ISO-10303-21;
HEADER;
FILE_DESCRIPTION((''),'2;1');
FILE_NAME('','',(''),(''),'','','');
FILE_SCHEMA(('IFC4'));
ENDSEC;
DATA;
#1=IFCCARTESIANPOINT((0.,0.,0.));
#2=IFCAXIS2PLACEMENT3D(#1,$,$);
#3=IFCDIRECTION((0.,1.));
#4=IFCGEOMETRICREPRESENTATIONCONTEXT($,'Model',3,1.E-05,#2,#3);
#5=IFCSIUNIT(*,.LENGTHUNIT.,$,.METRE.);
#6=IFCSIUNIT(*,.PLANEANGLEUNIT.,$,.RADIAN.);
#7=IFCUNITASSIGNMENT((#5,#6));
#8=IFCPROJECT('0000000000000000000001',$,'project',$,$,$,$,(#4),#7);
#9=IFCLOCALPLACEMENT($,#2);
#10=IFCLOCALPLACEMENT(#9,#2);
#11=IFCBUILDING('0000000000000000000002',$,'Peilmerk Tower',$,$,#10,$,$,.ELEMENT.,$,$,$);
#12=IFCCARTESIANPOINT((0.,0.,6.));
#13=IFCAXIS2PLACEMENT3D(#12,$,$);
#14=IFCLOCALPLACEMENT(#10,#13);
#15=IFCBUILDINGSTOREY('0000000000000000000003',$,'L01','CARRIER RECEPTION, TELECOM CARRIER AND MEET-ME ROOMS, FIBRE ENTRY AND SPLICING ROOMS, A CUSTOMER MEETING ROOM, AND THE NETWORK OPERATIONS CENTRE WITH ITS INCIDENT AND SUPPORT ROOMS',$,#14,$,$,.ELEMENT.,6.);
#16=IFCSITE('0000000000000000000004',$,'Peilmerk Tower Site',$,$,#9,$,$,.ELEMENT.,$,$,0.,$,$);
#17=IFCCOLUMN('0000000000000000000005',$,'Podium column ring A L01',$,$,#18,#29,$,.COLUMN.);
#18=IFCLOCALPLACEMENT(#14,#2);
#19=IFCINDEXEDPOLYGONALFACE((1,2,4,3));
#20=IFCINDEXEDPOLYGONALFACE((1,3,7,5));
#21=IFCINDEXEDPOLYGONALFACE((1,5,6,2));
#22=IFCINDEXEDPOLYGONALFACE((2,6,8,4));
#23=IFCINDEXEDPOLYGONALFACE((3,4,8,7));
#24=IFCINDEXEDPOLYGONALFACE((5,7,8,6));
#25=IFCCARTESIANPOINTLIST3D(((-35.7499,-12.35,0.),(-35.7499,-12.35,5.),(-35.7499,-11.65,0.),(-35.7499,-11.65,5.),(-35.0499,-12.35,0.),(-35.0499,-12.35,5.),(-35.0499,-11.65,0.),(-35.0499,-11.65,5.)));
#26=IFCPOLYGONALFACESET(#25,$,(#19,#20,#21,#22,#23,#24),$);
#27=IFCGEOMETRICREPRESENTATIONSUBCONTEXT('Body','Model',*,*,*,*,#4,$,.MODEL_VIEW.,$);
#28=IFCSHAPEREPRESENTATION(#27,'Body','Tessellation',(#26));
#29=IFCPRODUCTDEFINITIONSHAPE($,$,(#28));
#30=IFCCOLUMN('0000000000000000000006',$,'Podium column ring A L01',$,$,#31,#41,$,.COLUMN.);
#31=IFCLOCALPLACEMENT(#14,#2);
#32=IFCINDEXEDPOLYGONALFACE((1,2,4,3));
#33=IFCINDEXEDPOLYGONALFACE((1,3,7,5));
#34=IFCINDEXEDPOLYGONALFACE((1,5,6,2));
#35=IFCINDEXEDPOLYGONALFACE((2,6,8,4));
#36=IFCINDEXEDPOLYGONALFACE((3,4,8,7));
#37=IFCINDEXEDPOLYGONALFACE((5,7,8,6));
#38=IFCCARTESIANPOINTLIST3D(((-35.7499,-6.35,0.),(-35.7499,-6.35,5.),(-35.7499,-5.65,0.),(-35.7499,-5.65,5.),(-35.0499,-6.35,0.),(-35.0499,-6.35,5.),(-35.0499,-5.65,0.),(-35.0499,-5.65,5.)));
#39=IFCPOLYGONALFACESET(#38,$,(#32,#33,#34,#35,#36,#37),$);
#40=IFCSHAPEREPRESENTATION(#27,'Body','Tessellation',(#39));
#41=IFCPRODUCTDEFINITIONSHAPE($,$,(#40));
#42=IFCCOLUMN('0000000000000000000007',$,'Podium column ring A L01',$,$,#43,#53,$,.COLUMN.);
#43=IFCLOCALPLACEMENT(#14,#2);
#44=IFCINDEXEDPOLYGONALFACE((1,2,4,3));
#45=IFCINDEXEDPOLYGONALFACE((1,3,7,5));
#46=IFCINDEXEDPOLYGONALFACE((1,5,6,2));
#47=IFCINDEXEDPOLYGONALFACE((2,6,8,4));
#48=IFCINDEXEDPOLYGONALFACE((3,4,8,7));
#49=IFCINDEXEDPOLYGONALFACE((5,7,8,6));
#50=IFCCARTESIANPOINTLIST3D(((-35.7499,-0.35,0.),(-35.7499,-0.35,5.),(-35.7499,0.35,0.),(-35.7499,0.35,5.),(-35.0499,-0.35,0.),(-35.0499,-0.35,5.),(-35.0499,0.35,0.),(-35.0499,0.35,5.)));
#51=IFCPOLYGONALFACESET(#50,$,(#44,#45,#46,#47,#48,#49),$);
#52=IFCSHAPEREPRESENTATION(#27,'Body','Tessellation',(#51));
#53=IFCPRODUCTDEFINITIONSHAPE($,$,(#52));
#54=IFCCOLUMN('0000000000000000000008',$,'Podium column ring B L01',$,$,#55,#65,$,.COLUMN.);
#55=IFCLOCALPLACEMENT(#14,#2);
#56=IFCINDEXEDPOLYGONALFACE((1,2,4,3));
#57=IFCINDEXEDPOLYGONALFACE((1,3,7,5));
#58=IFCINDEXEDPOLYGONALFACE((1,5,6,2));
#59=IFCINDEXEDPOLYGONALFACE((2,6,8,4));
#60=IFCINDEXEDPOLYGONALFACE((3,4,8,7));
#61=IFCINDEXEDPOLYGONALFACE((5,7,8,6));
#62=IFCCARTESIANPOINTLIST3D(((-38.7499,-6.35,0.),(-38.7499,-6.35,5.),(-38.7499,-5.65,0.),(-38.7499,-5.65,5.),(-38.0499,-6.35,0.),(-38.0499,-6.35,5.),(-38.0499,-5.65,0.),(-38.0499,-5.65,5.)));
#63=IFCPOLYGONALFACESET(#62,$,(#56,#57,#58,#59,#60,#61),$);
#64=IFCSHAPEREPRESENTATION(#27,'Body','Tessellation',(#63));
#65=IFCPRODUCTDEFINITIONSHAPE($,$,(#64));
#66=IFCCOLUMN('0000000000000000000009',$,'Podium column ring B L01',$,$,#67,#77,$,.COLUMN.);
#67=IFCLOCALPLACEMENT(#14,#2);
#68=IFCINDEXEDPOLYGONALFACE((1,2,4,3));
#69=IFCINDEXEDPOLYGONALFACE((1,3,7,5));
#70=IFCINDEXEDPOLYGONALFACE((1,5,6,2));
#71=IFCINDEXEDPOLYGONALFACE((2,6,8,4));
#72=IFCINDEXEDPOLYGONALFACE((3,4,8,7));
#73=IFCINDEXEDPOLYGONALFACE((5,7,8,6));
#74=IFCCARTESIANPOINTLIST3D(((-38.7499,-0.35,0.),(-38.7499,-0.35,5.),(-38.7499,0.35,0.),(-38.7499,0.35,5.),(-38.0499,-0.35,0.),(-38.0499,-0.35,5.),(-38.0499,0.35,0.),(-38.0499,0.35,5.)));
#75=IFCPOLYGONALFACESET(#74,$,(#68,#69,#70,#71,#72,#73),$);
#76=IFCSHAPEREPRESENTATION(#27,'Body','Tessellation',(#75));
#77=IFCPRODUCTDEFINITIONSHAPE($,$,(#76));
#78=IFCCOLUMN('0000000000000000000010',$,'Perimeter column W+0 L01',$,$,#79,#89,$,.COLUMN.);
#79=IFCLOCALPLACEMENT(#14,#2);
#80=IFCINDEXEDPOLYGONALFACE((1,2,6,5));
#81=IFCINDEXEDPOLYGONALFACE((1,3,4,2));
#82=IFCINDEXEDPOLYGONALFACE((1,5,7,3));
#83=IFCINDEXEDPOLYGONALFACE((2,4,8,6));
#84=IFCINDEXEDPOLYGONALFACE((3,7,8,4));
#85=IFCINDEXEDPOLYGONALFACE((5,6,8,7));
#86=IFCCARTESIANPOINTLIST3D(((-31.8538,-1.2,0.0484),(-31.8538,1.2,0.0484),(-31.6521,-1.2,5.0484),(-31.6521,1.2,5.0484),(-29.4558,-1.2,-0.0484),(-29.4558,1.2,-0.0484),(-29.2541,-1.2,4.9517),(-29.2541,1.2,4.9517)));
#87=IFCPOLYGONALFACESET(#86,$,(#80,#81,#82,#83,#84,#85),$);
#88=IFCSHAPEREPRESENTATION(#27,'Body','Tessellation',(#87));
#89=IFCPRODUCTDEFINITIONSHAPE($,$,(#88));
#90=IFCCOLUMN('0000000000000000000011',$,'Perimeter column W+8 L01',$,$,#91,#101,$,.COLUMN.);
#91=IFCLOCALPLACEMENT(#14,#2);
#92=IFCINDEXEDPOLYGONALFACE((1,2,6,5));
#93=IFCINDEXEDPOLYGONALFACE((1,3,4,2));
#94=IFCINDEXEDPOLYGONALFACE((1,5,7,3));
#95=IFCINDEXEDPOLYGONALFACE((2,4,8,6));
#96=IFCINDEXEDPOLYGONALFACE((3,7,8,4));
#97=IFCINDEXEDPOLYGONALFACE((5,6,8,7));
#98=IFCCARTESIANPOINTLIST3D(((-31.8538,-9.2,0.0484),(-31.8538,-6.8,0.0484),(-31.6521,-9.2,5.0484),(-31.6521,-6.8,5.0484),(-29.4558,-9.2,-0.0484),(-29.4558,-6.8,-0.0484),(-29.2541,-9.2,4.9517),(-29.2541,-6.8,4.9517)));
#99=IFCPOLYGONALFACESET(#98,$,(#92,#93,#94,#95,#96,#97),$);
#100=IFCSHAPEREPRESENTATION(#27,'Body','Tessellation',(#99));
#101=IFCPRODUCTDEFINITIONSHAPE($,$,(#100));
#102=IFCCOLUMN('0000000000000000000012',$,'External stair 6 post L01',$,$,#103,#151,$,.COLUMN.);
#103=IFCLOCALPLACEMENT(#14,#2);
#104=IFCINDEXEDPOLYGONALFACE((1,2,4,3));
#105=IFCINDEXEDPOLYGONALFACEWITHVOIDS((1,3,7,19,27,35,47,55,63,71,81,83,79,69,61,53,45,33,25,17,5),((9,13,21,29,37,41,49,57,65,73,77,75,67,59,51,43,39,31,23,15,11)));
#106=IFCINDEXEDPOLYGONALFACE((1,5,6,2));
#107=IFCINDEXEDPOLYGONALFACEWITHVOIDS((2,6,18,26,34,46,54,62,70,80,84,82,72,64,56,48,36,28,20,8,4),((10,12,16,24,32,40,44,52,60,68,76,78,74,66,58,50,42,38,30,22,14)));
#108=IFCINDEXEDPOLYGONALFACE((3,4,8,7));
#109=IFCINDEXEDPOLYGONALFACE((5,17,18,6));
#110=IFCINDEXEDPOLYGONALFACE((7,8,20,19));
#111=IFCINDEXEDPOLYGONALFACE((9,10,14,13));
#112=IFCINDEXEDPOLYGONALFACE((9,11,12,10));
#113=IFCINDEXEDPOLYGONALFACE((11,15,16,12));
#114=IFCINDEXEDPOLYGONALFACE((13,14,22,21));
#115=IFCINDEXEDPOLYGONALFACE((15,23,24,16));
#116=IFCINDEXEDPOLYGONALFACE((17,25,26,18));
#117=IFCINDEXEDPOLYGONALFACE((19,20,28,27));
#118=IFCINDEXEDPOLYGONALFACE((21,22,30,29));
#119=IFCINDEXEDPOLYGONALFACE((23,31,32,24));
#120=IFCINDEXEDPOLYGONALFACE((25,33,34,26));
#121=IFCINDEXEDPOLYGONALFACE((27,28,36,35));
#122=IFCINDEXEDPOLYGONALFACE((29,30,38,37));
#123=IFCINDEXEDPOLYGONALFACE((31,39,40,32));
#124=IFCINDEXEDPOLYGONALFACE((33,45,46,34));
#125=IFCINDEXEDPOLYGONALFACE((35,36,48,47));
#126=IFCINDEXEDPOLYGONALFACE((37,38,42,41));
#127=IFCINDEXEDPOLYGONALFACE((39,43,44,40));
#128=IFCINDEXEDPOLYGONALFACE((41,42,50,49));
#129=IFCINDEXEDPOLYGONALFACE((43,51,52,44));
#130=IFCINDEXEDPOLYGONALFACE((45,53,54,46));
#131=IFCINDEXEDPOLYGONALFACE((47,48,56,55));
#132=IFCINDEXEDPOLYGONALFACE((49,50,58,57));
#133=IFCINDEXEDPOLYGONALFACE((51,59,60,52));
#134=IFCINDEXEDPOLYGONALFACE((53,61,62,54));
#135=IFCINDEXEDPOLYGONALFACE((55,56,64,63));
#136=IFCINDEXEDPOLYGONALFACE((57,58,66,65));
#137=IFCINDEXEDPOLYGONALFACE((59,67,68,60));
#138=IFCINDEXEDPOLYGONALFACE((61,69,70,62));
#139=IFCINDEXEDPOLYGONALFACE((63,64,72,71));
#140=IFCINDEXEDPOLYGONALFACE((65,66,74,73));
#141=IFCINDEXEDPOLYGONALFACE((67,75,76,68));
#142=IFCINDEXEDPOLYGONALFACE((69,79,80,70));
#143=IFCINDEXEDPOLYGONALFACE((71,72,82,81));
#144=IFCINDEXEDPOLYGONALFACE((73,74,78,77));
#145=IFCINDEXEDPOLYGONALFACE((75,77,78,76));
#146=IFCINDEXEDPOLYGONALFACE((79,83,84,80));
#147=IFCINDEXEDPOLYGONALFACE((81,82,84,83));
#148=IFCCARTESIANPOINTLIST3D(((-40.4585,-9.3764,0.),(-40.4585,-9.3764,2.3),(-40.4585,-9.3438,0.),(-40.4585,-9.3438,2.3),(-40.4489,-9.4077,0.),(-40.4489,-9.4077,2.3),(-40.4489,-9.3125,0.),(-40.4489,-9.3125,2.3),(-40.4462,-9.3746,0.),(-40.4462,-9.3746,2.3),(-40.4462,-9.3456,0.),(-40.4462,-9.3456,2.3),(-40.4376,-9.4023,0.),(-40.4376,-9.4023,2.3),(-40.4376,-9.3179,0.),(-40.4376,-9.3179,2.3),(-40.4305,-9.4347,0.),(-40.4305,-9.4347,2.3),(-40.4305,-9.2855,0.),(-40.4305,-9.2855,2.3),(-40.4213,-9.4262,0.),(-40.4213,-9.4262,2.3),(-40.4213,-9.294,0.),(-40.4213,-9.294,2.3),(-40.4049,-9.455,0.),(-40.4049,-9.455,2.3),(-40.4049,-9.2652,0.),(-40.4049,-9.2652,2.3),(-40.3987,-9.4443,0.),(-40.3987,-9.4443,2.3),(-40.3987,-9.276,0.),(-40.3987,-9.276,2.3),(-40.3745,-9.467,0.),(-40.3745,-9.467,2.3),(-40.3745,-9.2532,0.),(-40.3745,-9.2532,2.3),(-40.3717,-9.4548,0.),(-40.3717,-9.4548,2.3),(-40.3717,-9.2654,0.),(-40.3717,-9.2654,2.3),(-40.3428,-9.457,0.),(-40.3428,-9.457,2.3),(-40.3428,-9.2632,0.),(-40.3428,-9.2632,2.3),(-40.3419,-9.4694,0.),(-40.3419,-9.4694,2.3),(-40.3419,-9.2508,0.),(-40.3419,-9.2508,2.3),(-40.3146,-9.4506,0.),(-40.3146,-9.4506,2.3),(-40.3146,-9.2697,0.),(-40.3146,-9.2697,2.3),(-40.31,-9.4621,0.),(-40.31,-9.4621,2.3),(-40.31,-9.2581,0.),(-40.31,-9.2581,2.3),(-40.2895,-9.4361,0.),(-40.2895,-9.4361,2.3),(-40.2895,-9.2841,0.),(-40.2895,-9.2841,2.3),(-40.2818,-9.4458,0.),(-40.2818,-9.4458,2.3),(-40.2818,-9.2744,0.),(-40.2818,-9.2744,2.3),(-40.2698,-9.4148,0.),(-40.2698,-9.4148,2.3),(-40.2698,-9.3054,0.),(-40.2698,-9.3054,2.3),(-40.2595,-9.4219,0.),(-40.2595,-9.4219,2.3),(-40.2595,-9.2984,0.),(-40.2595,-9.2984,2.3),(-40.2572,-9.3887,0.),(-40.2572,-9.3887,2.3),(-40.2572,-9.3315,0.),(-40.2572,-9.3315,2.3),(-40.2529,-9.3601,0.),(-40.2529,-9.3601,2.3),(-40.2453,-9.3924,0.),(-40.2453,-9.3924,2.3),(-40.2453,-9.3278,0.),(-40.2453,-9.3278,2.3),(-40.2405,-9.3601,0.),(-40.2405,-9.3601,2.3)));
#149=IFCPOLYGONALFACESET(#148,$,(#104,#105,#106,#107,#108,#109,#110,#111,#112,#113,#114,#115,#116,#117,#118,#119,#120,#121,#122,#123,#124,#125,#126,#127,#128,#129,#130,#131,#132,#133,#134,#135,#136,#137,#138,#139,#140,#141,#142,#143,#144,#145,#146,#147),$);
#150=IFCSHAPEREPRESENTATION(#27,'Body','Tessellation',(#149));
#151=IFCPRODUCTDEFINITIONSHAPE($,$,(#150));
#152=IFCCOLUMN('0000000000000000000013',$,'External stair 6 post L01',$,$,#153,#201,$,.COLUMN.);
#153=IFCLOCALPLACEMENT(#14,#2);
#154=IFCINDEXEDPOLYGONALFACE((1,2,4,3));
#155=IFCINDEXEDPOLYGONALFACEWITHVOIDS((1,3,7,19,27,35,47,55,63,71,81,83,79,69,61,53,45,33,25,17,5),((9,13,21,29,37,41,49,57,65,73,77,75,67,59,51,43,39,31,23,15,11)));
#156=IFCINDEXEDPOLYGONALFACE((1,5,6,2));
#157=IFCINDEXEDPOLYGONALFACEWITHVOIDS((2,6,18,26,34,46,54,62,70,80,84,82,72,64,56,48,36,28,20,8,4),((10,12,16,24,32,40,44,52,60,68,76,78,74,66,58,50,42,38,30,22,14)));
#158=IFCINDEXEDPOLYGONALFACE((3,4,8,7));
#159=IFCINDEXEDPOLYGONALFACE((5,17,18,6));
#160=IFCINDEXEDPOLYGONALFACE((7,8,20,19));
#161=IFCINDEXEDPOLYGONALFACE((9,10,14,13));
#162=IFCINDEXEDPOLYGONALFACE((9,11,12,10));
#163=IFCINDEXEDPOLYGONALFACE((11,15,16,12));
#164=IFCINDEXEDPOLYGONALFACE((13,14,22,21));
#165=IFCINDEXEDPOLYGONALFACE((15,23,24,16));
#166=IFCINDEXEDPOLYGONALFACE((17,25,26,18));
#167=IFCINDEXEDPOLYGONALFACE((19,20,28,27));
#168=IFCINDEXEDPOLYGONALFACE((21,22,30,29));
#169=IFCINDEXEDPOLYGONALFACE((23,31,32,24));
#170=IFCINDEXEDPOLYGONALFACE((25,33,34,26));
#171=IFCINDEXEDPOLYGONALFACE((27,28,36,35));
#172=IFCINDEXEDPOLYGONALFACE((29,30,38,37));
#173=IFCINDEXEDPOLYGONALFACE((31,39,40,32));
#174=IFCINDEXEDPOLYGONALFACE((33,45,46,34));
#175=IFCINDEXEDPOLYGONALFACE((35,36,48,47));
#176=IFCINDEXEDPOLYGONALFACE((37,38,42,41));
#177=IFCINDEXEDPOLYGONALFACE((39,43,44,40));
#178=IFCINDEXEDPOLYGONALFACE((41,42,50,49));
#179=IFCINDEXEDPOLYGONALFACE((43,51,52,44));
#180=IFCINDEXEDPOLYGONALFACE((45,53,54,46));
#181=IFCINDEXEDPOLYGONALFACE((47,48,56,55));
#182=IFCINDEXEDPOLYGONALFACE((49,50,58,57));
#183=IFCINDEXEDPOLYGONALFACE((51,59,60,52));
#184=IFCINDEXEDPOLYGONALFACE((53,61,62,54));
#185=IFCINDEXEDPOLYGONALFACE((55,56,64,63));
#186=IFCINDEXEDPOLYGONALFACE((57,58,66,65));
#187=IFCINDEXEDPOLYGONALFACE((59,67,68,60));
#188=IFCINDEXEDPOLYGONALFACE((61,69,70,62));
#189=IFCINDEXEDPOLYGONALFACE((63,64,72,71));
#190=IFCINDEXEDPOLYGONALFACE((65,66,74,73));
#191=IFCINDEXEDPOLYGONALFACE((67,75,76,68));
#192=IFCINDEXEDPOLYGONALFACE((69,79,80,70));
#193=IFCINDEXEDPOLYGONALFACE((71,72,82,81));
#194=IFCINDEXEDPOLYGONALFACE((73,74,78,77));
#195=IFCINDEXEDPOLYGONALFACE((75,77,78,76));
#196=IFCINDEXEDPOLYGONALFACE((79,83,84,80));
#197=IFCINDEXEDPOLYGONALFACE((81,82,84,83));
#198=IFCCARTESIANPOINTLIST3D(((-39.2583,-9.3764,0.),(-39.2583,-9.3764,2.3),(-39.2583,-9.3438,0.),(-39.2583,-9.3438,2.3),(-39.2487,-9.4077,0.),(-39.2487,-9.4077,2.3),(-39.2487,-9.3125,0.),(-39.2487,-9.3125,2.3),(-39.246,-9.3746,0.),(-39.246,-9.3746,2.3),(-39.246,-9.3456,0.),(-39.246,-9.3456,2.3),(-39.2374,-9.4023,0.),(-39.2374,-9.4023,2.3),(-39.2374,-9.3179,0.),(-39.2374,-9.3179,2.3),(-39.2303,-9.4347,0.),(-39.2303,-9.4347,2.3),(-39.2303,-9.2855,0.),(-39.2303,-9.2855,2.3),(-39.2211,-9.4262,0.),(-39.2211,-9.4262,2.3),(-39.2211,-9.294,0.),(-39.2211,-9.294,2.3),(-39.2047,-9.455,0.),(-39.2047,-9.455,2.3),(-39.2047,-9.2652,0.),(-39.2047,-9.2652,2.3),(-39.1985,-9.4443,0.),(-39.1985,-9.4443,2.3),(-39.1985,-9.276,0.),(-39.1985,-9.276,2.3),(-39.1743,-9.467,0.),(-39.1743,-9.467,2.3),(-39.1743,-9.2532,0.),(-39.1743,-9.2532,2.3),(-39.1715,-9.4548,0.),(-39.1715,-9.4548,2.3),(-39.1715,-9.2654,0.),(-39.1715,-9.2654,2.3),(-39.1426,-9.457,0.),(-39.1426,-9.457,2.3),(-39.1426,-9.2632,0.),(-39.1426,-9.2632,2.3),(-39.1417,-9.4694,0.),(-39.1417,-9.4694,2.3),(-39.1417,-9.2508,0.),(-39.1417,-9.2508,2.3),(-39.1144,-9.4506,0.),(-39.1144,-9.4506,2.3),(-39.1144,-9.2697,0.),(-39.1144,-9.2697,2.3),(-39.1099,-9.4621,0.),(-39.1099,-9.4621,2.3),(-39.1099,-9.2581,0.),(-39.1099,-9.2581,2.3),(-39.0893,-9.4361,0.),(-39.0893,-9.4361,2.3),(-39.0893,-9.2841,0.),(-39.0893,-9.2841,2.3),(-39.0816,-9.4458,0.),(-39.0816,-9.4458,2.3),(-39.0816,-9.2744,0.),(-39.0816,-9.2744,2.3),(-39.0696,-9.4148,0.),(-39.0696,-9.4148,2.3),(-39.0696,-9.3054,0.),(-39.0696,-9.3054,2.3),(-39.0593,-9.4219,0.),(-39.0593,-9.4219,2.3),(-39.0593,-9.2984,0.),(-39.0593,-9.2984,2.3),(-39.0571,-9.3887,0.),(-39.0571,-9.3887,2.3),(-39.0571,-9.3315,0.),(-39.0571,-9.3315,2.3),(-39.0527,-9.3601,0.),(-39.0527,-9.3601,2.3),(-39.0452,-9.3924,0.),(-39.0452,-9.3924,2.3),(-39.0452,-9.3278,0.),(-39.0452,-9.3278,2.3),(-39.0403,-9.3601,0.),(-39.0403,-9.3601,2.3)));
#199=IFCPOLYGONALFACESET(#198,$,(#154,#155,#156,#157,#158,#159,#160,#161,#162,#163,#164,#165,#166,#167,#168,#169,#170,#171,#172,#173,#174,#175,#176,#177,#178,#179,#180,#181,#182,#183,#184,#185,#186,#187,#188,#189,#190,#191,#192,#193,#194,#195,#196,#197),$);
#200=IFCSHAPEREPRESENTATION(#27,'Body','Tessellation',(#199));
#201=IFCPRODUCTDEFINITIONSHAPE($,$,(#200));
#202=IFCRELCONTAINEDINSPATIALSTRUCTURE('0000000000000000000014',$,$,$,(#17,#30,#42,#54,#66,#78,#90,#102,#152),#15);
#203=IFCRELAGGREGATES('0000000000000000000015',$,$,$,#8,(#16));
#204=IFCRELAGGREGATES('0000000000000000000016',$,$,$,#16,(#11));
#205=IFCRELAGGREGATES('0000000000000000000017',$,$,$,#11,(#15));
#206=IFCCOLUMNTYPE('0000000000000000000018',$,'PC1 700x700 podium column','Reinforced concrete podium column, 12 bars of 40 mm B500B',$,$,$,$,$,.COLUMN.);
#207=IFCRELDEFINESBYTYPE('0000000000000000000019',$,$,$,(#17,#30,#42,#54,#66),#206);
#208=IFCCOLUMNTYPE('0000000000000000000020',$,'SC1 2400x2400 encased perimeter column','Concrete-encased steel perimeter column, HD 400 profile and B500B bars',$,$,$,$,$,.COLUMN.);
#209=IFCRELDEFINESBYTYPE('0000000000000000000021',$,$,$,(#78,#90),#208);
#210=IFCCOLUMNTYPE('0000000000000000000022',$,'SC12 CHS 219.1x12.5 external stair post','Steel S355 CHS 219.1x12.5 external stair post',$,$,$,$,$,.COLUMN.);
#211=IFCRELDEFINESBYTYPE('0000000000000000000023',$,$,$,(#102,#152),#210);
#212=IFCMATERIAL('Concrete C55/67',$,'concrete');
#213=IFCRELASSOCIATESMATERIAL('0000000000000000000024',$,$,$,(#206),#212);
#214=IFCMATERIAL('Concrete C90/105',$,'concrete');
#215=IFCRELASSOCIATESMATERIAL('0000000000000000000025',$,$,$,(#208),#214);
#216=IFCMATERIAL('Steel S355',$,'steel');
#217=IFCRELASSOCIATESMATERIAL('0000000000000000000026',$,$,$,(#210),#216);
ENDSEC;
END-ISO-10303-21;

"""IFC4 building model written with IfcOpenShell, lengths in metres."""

from ifc_helpers import new_model, si_unit, direction, frame, origin, origin_2d, place, context, subcontext, project, spatial, rectangle, hollow_circle, extrude, material, material_profile, profile_set, type_object, element, save


model = new_model("IFC4")

# Units and contexts
model_context = context("Model", 3, precision=1e-05, world=origin(), true_north=direction((0.0, 1.0)))
body_context = subcontext(model_context, "Body", "Model", "MODEL_VIEW")
ifc_project = project(units=[si_unit("LENGTHUNIT", "METRE"), si_unit("PLANEANGLEUNIT", "RADIAN")], contexts=[model_context])

# Site, building, storey
site_placement = place(None, origin())
site = spatial("IfcSite", under=ifc_project, at=site_placement, Name="Peilmerk Tower Site", CompositionType="ELEMENT", RefElevation=0.0)
building_placement = place(site_placement, origin())
building = spatial("IfcBuilding", under=site, at=building_placement, Name="Peilmerk Tower", CompositionType="ELEMENT")
storey_placement = place(building_placement, frame((0.0, 0.0, 6.0)))
storey = spatial("IfcBuildingStorey", under=building, at=storey_placement, Name="L01", Description="CARRIER RECEPTION, TELECOM CARRIER AND MEET-ME ROOMS, FIBRE ENTRY AND SPLICING ROOMS, A CUSTOMER MEETING ROOM, AND THE NETWORK OPERATIONS CENTRE WITH ITS INCIDENT AND SUPPORT ROOMS", CompositionType="ELEMENT", Elevation=6.0)

# Columns
ifc_material_1 = material(Name="Concrete C55/67", Category="concrete")
ifc_material_profile_1 = material_profile(ifc_material_1, rectangle(XDim=0.7, YDim=0.7, at=origin_2d()), Name="RC 700x700")
ifc_profile_set_1 = profile_set([ifc_material_profile_1], Name="Concrete C55/67")
column_type_1 = type_object("IfcColumnType", Name="PC1 700x700 podium column", Description="Reinforced concrete podium column, 12 bars of 40 mm B500B", PredefinedType="COLUMN", material=ifc_profile_set_1)
for number, where, z_axis, x_axis, name in (
    (1, (-35.3999, -12.0, 0.0), (0.0, 0.0, 1.0), (1.0, 0.0, 0.0), "Podium column ring A L01"),
    (2, (-35.3999, -6.0, 0.0), (0.0, 0.0, 1.0), (1.0, 0.0, 0.0), "Podium column ring A L01"),
    (3, (-35.3999, 0.0, 0.0), (0.0, 0.0, 1.0), (1.0, 0.0, 0.0), "Podium column ring A L01"),
    (4, (-38.3999, -6.0, 0.0), (0.0, 0.0, 1.0), (1.0, 0.0, 0.0), "Podium column ring B L01"),
    (5, (-38.3999, 0.0, 0.0), (0.0, 0.0, 1.0), (1.0, 0.0, 0.0), "Podium column ring B L01"),
):
    element("IfcColumn", number, at=place(storey_placement, frame(where, z_axis=z_axis, x_axis=x_axis)), inside=storey, type_object=column_type_1, Name=name, PredefinedType="COLUMN", context=body_context, shape_type="SweptSolid", body=[
        extrude(rectangle(XDim=0.7, YDim=0.7, at=origin_2d()), origin(), (0.0, 0.0, 1.0), 5.0),
    ])
ifc_material_2 = material(Name="Concrete C90/105", Category="concrete")
ifc_material_profile_2 = material_profile(ifc_material_2, rectangle(XDim=2.3999, YDim=2.3999, at=origin_2d()), Name="RC 2400x2400")
ifc_profile_set_2 = profile_set([ifc_material_profile_2], Name="Concrete C90/105")
column_type_2 = type_object("IfcColumnType", Name="SC1 2400x2400 encased perimeter column", Description="Concrete-encased steel perimeter column, HD 400 profile and B500B bars", PredefinedType="COLUMN", material=ifc_profile_set_2)
for number, where, z_axis, x_axis, name in (
    (6, (-30.6548, 0.0, 0.0), (0.040299, 0.0, 0.999188), (0.0, 1.0, 0.0), "Perimeter column W+0 L01"),
    (7, (-30.6548, -8.0, 0.0), (0.040299, 0.0, 0.999188), (0.0, 1.0, 0.0), "Perimeter column W+8 L01"),
):
    element("IfcColumn", number, at=place(storey_placement, frame(where, z_axis=z_axis, x_axis=x_axis)), inside=storey, type_object=column_type_2, Name=name, PredefinedType="COLUMN", context=body_context, shape_type="SweptSolid", body=[
        extrude(rectangle(XDim=2.3999, YDim=2.3999, at=origin_2d()), origin(), (0.0, 0.0, 1.0), 5.0042),
    ])
ifc_material_3 = material(Name="Steel S355", Category="steel")
ifc_material_profile_3 = material_profile(ifc_material_3, hollow_circle(Radius=0.1096, WallThickness=0.0125, at=origin_2d()), Name="CHS 219.1x12.5")
ifc_profile_set_3 = profile_set([ifc_material_profile_3], Name="Steel S355")
column_type_3 = type_object("IfcColumnType", Name="SC12 CHS 219.1x12.5 external stair post", Description="Steel S355 CHS 219.1x12.5 external stair post", PredefinedType="COLUMN", material=ifc_profile_set_3)
for number, where, z_axis, x_axis, name in (
    (8, (-40.3501, -9.3601, 0.0), (0.0, 0.0, 1.0), (1.0, 0.0, 0.0), "External stair 6 post L01"),
    (9, (-39.1499, -9.3601, 0.0), (0.0, 0.0, 1.0), (1.0, 0.0, 0.0), "External stair 6 post L01"),
):
    element("IfcColumn", number, at=place(storey_placement, frame(where, z_axis=z_axis, x_axis=x_axis)), inside=storey, type_object=column_type_3, Name=name, PredefinedType="COLUMN", context=body_context, shape_type="SweptSolid", body=[
        extrude(hollow_circle(Radius=0.1096, WallThickness=0.0125, at=origin_2d()), origin(), (0.0, 0.0, 1.0), 2.3),
    ])

save(model, "model.ifc")
